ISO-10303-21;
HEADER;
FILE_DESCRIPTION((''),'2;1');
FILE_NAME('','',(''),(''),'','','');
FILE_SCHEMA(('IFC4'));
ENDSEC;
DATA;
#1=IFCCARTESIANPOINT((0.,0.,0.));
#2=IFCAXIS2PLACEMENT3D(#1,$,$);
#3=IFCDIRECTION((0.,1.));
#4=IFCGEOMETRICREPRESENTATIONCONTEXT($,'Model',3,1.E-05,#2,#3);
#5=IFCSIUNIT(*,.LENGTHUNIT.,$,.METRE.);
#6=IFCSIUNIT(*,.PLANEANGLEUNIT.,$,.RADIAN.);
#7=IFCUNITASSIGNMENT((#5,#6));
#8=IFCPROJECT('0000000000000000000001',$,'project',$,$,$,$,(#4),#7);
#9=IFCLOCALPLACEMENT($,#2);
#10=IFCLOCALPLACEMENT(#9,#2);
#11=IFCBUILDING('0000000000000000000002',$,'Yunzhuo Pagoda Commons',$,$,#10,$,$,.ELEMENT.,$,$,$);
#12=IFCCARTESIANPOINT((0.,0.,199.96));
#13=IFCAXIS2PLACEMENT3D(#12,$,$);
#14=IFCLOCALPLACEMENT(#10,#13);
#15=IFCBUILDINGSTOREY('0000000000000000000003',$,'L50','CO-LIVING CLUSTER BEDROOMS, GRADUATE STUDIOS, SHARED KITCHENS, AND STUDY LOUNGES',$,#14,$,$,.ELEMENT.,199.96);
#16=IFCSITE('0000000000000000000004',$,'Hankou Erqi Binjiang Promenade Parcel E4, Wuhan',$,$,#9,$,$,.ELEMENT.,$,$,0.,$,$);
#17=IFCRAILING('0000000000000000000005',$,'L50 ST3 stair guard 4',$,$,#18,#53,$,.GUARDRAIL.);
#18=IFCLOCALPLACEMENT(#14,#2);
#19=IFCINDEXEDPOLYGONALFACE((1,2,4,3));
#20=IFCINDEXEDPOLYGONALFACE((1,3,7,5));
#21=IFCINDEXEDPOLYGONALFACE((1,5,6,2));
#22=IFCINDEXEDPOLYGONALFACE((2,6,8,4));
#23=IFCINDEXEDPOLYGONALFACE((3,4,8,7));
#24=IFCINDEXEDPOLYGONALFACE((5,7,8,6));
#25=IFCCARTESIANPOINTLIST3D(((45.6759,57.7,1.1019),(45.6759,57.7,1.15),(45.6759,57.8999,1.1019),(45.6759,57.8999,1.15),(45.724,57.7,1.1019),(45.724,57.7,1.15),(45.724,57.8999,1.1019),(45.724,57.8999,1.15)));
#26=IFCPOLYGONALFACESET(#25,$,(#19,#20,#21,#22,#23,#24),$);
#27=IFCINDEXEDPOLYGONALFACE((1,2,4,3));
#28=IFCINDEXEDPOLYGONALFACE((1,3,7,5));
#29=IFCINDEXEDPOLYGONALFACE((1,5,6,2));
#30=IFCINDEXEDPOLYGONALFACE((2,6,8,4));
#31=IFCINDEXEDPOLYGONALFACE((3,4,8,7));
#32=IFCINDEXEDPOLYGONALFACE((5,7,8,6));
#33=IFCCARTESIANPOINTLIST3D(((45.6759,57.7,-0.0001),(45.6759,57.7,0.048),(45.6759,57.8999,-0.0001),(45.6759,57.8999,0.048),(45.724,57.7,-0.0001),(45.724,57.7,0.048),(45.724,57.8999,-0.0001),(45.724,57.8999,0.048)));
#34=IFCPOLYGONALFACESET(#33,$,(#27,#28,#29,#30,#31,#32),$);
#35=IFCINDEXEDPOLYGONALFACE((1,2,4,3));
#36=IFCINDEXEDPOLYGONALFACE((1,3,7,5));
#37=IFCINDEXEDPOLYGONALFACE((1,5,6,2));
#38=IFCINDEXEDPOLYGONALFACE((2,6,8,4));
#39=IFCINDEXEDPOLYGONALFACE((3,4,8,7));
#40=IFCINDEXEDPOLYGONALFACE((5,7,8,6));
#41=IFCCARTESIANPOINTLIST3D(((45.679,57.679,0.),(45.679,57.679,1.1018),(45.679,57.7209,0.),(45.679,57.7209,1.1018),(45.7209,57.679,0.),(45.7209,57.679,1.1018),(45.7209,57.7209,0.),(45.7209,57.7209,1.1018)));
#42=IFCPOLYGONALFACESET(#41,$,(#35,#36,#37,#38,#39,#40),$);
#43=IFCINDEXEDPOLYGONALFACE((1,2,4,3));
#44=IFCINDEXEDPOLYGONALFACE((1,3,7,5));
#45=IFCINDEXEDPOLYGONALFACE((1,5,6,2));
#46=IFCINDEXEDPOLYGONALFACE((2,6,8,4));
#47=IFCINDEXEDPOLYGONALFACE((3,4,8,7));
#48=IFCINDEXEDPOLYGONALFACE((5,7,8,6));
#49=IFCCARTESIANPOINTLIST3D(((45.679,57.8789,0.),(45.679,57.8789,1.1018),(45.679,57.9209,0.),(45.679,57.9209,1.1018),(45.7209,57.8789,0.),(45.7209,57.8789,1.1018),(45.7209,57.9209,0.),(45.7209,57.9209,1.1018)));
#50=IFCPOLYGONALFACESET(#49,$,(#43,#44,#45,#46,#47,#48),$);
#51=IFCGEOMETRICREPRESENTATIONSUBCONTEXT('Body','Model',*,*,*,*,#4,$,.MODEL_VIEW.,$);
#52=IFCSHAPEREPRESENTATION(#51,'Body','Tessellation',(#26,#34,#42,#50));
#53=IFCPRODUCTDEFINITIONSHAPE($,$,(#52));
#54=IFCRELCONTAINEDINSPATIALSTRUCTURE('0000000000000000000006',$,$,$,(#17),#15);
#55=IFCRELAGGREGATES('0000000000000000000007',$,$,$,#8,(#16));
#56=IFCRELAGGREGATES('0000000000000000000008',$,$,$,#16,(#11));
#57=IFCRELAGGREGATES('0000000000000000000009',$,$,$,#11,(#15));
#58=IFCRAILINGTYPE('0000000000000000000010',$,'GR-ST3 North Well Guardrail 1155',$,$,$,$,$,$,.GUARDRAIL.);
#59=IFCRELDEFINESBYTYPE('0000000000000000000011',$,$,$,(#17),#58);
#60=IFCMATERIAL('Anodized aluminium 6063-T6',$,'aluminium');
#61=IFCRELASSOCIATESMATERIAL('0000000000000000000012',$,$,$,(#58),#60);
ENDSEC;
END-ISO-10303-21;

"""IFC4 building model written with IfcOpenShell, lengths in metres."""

from ifc_helpers import new_model, si_unit, direction, frame, origin, origin_2d, place, context, subcontext, project, spatial, rectangle, extrude, material, type_object, element, save


model = new_model("IFC4")

# Units and contexts
model_context = context("Model", 3, precision=1e-05, world=origin(), true_north=direction((0.0, 1.0)))
body_context = subcontext(model_context, "Body", "Model", "MODEL_VIEW")
ifc_project = project(units=[si_unit("LENGTHUNIT", "METRE"), si_unit("PLANEANGLEUNIT", "RADIAN")], contexts=[model_context])

# Site, building, storey
site_placement = place(None, origin())
site = spatial("IfcSite", under=ifc_project, at=site_placement, Name="Hankou Erqi Binjiang Promenade Parcel E4, Wuhan", CompositionType="ELEMENT", RefElevation=0.0)
building_placement = place(site_placement, origin())
building = spatial("IfcBuilding", under=site, at=building_placement, Name="Yunzhuo Pagoda Commons", CompositionType="ELEMENT")
storey_placement = place(building_placement, frame((0.0, 0.0, 199.96)))
storey = spatial("IfcBuildingStorey", under=building, at=storey_placement, Name="L50", Description="CO-LIVING CLUSTER BEDROOMS, GRADUATE STUDIOS, SHARED KITCHENS, AND STUDY LOUNGES", CompositionType="ELEMENT", Elevation=199.96)

# Shared definitions
ifc_material_1 = material(Name="Anodized aluminium 6063-T6", Category="aluminium")

# Railing
railing_type = type_object("IfcRailingType", Name="GR-ST3 North Well Guardrail 1155", PredefinedType="GUARDRAIL", material=ifc_material_1)
railing_placement = place(storey_placement, frame((45.7, 57.7, 0.0)))
element("IfcRailing", 1, at=railing_placement, inside=storey, type_object=railing_type, Name="L50 ST3 stair guard 4", PredefinedType="GUARDRAIL", context=body_context, shape_type="SweptSolid", body=[
    extrude(rectangle(XDim=0.0481, YDim=0.0481, at=origin_2d()), frame((0.0, 0.0, 1.126), z_axis=(0.0, 1.0, 0.0), x_axis=(-1.0, 0.0, 0.0)), (0.0, 0.0, 1.0), 0.2),
    extrude(rectangle(XDim=0.0481, YDim=0.0481, at=origin_2d()), frame((0.0, 0.0, 0.0239), z_axis=(0.0, 1.0, 0.0), x_axis=(-1.0, 0.0, 0.0)), (0.0, 0.0, 1.0), 0.2),
    extrude(rectangle(XDim=0.042, YDim=0.042, at=origin_2d()), origin(), (0.0, 0.0, 1.0), 1.1018),
    extrude(rectangle(XDim=0.042, YDim=0.042, at=origin_2d()), frame((0.0, 0.2, 0.0)), (0.0, 0.0, 1.0), 1.1018),
])

save(model, "model.ifc")
